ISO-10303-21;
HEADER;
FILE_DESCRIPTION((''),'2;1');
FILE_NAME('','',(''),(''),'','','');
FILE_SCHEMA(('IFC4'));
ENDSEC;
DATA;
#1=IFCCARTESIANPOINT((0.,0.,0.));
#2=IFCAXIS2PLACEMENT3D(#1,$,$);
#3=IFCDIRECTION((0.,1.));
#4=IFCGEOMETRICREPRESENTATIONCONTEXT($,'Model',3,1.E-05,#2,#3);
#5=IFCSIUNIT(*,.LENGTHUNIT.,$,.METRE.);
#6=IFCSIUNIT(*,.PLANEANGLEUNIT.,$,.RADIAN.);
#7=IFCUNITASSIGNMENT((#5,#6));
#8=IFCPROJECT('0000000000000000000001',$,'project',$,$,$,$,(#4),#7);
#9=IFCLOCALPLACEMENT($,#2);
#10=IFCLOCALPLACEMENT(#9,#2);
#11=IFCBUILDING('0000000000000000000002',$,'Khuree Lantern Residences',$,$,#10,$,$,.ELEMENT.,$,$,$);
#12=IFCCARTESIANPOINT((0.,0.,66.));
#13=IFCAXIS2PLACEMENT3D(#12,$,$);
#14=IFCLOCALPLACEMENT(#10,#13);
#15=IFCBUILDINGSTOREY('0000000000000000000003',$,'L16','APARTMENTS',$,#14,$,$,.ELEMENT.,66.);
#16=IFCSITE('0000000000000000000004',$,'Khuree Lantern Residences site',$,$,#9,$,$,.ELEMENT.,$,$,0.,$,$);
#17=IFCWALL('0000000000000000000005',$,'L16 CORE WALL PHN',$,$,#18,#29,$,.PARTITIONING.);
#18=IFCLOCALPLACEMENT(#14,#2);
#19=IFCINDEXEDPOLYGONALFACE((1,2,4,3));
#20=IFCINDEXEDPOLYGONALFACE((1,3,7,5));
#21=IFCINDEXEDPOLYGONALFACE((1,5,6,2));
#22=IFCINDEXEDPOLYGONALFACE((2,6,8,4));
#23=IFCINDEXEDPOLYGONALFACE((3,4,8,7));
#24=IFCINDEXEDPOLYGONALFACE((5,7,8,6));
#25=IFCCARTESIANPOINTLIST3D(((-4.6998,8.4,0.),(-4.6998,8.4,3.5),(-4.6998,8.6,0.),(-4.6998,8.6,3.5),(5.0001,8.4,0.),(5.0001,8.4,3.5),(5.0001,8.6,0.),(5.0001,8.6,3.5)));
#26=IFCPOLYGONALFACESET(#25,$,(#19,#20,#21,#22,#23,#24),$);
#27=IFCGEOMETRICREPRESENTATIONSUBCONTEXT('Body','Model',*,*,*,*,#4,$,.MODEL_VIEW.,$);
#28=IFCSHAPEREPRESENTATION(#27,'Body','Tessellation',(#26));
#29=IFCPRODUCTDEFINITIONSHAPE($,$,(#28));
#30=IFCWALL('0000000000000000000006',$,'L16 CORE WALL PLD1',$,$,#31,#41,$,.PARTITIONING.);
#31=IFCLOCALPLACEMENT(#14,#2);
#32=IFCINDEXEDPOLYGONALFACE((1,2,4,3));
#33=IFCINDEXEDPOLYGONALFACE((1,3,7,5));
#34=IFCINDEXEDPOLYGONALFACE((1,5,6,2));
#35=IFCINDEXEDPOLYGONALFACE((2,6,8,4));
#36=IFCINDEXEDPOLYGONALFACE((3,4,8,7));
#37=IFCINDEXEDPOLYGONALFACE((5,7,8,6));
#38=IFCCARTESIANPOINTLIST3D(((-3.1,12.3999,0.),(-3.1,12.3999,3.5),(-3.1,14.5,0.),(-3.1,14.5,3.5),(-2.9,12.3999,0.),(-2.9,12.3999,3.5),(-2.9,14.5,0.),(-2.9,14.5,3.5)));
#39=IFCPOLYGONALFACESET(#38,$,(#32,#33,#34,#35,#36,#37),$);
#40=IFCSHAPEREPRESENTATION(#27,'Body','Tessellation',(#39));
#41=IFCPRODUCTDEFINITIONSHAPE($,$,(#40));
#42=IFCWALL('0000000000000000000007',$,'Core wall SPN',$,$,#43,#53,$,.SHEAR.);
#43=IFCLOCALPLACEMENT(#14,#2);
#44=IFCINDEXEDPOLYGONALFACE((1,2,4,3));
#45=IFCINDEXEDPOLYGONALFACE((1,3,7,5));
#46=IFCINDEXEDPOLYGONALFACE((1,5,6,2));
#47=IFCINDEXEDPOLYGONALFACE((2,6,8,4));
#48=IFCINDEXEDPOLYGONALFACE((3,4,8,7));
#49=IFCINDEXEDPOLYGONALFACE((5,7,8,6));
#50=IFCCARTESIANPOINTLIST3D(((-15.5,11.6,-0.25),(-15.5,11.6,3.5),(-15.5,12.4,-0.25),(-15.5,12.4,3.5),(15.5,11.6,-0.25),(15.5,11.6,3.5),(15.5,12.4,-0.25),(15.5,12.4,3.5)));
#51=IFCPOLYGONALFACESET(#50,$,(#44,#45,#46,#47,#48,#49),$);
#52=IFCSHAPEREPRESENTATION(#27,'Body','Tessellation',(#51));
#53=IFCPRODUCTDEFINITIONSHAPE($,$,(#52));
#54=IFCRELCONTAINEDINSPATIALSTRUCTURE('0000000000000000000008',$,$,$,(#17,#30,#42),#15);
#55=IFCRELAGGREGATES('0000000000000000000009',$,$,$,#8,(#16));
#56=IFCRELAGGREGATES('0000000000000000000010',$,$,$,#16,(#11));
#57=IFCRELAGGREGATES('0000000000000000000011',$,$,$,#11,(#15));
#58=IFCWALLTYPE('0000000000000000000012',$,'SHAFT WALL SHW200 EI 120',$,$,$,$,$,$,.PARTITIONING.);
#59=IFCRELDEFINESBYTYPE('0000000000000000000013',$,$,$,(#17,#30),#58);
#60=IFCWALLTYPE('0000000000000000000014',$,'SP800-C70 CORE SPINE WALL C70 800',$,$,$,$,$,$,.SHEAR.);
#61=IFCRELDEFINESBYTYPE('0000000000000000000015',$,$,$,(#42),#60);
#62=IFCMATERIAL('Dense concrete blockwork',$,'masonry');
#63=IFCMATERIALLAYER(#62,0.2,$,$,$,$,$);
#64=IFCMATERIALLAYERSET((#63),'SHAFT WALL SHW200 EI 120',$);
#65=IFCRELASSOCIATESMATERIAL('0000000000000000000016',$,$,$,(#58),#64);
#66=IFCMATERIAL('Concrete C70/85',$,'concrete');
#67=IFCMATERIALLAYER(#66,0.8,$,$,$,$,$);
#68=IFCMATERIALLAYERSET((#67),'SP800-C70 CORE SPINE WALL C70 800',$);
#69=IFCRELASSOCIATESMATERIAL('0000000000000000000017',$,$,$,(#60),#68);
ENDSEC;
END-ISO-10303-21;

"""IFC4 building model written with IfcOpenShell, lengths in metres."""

from ifc_helpers import new_model, si_unit, direction, frame, frame_2d, origin, place, context, subcontext, project, spatial, rectangle, extrude, material, layer, layer_set, type_object, element, save


model = new_model("IFC4")

# Units and contexts
model_context = context("Model", 3, precision=1e-05, world=origin(), true_north=direction((0.0, 1.0)))
body_context = subcontext(model_context, "Body", "Model", "MODEL_VIEW")
ifc_project = project(units=[si_unit("LENGTHUNIT", "METRE"), si_unit("PLANEANGLEUNIT", "RADIAN")], contexts=[model_context])

# Site, building, storey
site_placement = place(None, origin())
site = spatial("IfcSite", under=ifc_project, at=site_placement, Name="Khuree Lantern Residences site", CompositionType="ELEMENT", RefElevation=0.0)
building_placement = place(site_placement, origin())
building = spatial("IfcBuilding", under=site, at=building_placement, Name="Khuree Lantern Residences", CompositionType="ELEMENT")
storey_placement = place(building_placement, frame((0.0, 0.0, 66.0)))
storey = spatial("IfcBuildingStorey", under=building, at=storey_placement, Name="L16", Description="APARTMENTS", CompositionType="ELEMENT", Elevation=66.0)

# Shared definitions
ifc_material_1 = material(Name="Concrete C70/85", Category="concrete")

# Shared definitions
ifc_material_2 = material(Name="Dense concrete blockwork", Category="masonry")

# Walls
ifc_layer_1 = layer(ifc_material_2, 0.2)
ifc_layer_set_1 = layer_set([ifc_layer_1], Name="SHAFT WALL SHW200 EI 120")
wall_type_1 = type_object("IfcWallType", Name="SHAFT WALL SHW200 EI 120", PredefinedType="PARTITIONING", material=ifc_layer_set_1)
wall_1_placement = place(storey_placement, frame((-4.7, 8.5, 0.0), z_axis=(0.0, 0.0, 1.0), x_axis=(1.0, 0.0, 0.0)))
element("IfcWall", 1, at=wall_1_placement, inside=storey, type_object=wall_type_1, Name="L16 CORE WALL PHN", PredefinedType="PARTITIONING", context=body_context, shape_type="SweptSolid", body=[
    extrude(rectangle(XDim=9.7, YDim=0.2, at=frame_2d((4.8501, 0.0))), origin(), (0.0, 0.0, 1.0), 3.5),
])
wall_2_placement = place(storey_placement, frame((-3.0, 12.3999, 0.0), z_axis=(0.0, 0.0, 1.0), x_axis=(0.0, 1.0, 0.0)))
element("IfcWall", 2, at=wall_2_placement, inside=storey, type_object=wall_type_1, Name="L16 CORE WALL PLD1", PredefinedType="PARTITIONING", context=body_context, shape_type="SweptSolid", body=[
    extrude(rectangle(XDim=2.1001, YDim=0.2, at=frame_2d((1.05, 0.0))), origin(), (0.0, 0.0, 1.0), 3.5),
])
ifc_layer_2 = layer(ifc_material_1, 0.8)
ifc_layer_set_2 = layer_set([ifc_layer_2], Name="SP800-C70 CORE SPINE WALL C70 800")
wall_type_2 = type_object("IfcWallType", Name="SP800-C70 CORE SPINE WALL C70 800", PredefinedType="SHEAR", material=ifc_layer_set_2)
wall_3_placement = place(storey_placement, frame((-15.5, 12.0, -0.25), z_axis=(0.0, 0.0, 1.0), x_axis=(1.0, 0.0, 0.0)))
element("IfcWall", 3, at=wall_3_placement, inside=storey, type_object=wall_type_2, Name="Core wall SPN", PredefinedType="SHEAR", context=body_context, shape_type="SweptSolid", body=[
    extrude(rectangle(XDim=31.0, YDim=0.8, at=frame_2d((15.5, 0.0))), origin(), (0.0, 0.0, 1.0), 3.75),
])

save(model, "model.ifc")
